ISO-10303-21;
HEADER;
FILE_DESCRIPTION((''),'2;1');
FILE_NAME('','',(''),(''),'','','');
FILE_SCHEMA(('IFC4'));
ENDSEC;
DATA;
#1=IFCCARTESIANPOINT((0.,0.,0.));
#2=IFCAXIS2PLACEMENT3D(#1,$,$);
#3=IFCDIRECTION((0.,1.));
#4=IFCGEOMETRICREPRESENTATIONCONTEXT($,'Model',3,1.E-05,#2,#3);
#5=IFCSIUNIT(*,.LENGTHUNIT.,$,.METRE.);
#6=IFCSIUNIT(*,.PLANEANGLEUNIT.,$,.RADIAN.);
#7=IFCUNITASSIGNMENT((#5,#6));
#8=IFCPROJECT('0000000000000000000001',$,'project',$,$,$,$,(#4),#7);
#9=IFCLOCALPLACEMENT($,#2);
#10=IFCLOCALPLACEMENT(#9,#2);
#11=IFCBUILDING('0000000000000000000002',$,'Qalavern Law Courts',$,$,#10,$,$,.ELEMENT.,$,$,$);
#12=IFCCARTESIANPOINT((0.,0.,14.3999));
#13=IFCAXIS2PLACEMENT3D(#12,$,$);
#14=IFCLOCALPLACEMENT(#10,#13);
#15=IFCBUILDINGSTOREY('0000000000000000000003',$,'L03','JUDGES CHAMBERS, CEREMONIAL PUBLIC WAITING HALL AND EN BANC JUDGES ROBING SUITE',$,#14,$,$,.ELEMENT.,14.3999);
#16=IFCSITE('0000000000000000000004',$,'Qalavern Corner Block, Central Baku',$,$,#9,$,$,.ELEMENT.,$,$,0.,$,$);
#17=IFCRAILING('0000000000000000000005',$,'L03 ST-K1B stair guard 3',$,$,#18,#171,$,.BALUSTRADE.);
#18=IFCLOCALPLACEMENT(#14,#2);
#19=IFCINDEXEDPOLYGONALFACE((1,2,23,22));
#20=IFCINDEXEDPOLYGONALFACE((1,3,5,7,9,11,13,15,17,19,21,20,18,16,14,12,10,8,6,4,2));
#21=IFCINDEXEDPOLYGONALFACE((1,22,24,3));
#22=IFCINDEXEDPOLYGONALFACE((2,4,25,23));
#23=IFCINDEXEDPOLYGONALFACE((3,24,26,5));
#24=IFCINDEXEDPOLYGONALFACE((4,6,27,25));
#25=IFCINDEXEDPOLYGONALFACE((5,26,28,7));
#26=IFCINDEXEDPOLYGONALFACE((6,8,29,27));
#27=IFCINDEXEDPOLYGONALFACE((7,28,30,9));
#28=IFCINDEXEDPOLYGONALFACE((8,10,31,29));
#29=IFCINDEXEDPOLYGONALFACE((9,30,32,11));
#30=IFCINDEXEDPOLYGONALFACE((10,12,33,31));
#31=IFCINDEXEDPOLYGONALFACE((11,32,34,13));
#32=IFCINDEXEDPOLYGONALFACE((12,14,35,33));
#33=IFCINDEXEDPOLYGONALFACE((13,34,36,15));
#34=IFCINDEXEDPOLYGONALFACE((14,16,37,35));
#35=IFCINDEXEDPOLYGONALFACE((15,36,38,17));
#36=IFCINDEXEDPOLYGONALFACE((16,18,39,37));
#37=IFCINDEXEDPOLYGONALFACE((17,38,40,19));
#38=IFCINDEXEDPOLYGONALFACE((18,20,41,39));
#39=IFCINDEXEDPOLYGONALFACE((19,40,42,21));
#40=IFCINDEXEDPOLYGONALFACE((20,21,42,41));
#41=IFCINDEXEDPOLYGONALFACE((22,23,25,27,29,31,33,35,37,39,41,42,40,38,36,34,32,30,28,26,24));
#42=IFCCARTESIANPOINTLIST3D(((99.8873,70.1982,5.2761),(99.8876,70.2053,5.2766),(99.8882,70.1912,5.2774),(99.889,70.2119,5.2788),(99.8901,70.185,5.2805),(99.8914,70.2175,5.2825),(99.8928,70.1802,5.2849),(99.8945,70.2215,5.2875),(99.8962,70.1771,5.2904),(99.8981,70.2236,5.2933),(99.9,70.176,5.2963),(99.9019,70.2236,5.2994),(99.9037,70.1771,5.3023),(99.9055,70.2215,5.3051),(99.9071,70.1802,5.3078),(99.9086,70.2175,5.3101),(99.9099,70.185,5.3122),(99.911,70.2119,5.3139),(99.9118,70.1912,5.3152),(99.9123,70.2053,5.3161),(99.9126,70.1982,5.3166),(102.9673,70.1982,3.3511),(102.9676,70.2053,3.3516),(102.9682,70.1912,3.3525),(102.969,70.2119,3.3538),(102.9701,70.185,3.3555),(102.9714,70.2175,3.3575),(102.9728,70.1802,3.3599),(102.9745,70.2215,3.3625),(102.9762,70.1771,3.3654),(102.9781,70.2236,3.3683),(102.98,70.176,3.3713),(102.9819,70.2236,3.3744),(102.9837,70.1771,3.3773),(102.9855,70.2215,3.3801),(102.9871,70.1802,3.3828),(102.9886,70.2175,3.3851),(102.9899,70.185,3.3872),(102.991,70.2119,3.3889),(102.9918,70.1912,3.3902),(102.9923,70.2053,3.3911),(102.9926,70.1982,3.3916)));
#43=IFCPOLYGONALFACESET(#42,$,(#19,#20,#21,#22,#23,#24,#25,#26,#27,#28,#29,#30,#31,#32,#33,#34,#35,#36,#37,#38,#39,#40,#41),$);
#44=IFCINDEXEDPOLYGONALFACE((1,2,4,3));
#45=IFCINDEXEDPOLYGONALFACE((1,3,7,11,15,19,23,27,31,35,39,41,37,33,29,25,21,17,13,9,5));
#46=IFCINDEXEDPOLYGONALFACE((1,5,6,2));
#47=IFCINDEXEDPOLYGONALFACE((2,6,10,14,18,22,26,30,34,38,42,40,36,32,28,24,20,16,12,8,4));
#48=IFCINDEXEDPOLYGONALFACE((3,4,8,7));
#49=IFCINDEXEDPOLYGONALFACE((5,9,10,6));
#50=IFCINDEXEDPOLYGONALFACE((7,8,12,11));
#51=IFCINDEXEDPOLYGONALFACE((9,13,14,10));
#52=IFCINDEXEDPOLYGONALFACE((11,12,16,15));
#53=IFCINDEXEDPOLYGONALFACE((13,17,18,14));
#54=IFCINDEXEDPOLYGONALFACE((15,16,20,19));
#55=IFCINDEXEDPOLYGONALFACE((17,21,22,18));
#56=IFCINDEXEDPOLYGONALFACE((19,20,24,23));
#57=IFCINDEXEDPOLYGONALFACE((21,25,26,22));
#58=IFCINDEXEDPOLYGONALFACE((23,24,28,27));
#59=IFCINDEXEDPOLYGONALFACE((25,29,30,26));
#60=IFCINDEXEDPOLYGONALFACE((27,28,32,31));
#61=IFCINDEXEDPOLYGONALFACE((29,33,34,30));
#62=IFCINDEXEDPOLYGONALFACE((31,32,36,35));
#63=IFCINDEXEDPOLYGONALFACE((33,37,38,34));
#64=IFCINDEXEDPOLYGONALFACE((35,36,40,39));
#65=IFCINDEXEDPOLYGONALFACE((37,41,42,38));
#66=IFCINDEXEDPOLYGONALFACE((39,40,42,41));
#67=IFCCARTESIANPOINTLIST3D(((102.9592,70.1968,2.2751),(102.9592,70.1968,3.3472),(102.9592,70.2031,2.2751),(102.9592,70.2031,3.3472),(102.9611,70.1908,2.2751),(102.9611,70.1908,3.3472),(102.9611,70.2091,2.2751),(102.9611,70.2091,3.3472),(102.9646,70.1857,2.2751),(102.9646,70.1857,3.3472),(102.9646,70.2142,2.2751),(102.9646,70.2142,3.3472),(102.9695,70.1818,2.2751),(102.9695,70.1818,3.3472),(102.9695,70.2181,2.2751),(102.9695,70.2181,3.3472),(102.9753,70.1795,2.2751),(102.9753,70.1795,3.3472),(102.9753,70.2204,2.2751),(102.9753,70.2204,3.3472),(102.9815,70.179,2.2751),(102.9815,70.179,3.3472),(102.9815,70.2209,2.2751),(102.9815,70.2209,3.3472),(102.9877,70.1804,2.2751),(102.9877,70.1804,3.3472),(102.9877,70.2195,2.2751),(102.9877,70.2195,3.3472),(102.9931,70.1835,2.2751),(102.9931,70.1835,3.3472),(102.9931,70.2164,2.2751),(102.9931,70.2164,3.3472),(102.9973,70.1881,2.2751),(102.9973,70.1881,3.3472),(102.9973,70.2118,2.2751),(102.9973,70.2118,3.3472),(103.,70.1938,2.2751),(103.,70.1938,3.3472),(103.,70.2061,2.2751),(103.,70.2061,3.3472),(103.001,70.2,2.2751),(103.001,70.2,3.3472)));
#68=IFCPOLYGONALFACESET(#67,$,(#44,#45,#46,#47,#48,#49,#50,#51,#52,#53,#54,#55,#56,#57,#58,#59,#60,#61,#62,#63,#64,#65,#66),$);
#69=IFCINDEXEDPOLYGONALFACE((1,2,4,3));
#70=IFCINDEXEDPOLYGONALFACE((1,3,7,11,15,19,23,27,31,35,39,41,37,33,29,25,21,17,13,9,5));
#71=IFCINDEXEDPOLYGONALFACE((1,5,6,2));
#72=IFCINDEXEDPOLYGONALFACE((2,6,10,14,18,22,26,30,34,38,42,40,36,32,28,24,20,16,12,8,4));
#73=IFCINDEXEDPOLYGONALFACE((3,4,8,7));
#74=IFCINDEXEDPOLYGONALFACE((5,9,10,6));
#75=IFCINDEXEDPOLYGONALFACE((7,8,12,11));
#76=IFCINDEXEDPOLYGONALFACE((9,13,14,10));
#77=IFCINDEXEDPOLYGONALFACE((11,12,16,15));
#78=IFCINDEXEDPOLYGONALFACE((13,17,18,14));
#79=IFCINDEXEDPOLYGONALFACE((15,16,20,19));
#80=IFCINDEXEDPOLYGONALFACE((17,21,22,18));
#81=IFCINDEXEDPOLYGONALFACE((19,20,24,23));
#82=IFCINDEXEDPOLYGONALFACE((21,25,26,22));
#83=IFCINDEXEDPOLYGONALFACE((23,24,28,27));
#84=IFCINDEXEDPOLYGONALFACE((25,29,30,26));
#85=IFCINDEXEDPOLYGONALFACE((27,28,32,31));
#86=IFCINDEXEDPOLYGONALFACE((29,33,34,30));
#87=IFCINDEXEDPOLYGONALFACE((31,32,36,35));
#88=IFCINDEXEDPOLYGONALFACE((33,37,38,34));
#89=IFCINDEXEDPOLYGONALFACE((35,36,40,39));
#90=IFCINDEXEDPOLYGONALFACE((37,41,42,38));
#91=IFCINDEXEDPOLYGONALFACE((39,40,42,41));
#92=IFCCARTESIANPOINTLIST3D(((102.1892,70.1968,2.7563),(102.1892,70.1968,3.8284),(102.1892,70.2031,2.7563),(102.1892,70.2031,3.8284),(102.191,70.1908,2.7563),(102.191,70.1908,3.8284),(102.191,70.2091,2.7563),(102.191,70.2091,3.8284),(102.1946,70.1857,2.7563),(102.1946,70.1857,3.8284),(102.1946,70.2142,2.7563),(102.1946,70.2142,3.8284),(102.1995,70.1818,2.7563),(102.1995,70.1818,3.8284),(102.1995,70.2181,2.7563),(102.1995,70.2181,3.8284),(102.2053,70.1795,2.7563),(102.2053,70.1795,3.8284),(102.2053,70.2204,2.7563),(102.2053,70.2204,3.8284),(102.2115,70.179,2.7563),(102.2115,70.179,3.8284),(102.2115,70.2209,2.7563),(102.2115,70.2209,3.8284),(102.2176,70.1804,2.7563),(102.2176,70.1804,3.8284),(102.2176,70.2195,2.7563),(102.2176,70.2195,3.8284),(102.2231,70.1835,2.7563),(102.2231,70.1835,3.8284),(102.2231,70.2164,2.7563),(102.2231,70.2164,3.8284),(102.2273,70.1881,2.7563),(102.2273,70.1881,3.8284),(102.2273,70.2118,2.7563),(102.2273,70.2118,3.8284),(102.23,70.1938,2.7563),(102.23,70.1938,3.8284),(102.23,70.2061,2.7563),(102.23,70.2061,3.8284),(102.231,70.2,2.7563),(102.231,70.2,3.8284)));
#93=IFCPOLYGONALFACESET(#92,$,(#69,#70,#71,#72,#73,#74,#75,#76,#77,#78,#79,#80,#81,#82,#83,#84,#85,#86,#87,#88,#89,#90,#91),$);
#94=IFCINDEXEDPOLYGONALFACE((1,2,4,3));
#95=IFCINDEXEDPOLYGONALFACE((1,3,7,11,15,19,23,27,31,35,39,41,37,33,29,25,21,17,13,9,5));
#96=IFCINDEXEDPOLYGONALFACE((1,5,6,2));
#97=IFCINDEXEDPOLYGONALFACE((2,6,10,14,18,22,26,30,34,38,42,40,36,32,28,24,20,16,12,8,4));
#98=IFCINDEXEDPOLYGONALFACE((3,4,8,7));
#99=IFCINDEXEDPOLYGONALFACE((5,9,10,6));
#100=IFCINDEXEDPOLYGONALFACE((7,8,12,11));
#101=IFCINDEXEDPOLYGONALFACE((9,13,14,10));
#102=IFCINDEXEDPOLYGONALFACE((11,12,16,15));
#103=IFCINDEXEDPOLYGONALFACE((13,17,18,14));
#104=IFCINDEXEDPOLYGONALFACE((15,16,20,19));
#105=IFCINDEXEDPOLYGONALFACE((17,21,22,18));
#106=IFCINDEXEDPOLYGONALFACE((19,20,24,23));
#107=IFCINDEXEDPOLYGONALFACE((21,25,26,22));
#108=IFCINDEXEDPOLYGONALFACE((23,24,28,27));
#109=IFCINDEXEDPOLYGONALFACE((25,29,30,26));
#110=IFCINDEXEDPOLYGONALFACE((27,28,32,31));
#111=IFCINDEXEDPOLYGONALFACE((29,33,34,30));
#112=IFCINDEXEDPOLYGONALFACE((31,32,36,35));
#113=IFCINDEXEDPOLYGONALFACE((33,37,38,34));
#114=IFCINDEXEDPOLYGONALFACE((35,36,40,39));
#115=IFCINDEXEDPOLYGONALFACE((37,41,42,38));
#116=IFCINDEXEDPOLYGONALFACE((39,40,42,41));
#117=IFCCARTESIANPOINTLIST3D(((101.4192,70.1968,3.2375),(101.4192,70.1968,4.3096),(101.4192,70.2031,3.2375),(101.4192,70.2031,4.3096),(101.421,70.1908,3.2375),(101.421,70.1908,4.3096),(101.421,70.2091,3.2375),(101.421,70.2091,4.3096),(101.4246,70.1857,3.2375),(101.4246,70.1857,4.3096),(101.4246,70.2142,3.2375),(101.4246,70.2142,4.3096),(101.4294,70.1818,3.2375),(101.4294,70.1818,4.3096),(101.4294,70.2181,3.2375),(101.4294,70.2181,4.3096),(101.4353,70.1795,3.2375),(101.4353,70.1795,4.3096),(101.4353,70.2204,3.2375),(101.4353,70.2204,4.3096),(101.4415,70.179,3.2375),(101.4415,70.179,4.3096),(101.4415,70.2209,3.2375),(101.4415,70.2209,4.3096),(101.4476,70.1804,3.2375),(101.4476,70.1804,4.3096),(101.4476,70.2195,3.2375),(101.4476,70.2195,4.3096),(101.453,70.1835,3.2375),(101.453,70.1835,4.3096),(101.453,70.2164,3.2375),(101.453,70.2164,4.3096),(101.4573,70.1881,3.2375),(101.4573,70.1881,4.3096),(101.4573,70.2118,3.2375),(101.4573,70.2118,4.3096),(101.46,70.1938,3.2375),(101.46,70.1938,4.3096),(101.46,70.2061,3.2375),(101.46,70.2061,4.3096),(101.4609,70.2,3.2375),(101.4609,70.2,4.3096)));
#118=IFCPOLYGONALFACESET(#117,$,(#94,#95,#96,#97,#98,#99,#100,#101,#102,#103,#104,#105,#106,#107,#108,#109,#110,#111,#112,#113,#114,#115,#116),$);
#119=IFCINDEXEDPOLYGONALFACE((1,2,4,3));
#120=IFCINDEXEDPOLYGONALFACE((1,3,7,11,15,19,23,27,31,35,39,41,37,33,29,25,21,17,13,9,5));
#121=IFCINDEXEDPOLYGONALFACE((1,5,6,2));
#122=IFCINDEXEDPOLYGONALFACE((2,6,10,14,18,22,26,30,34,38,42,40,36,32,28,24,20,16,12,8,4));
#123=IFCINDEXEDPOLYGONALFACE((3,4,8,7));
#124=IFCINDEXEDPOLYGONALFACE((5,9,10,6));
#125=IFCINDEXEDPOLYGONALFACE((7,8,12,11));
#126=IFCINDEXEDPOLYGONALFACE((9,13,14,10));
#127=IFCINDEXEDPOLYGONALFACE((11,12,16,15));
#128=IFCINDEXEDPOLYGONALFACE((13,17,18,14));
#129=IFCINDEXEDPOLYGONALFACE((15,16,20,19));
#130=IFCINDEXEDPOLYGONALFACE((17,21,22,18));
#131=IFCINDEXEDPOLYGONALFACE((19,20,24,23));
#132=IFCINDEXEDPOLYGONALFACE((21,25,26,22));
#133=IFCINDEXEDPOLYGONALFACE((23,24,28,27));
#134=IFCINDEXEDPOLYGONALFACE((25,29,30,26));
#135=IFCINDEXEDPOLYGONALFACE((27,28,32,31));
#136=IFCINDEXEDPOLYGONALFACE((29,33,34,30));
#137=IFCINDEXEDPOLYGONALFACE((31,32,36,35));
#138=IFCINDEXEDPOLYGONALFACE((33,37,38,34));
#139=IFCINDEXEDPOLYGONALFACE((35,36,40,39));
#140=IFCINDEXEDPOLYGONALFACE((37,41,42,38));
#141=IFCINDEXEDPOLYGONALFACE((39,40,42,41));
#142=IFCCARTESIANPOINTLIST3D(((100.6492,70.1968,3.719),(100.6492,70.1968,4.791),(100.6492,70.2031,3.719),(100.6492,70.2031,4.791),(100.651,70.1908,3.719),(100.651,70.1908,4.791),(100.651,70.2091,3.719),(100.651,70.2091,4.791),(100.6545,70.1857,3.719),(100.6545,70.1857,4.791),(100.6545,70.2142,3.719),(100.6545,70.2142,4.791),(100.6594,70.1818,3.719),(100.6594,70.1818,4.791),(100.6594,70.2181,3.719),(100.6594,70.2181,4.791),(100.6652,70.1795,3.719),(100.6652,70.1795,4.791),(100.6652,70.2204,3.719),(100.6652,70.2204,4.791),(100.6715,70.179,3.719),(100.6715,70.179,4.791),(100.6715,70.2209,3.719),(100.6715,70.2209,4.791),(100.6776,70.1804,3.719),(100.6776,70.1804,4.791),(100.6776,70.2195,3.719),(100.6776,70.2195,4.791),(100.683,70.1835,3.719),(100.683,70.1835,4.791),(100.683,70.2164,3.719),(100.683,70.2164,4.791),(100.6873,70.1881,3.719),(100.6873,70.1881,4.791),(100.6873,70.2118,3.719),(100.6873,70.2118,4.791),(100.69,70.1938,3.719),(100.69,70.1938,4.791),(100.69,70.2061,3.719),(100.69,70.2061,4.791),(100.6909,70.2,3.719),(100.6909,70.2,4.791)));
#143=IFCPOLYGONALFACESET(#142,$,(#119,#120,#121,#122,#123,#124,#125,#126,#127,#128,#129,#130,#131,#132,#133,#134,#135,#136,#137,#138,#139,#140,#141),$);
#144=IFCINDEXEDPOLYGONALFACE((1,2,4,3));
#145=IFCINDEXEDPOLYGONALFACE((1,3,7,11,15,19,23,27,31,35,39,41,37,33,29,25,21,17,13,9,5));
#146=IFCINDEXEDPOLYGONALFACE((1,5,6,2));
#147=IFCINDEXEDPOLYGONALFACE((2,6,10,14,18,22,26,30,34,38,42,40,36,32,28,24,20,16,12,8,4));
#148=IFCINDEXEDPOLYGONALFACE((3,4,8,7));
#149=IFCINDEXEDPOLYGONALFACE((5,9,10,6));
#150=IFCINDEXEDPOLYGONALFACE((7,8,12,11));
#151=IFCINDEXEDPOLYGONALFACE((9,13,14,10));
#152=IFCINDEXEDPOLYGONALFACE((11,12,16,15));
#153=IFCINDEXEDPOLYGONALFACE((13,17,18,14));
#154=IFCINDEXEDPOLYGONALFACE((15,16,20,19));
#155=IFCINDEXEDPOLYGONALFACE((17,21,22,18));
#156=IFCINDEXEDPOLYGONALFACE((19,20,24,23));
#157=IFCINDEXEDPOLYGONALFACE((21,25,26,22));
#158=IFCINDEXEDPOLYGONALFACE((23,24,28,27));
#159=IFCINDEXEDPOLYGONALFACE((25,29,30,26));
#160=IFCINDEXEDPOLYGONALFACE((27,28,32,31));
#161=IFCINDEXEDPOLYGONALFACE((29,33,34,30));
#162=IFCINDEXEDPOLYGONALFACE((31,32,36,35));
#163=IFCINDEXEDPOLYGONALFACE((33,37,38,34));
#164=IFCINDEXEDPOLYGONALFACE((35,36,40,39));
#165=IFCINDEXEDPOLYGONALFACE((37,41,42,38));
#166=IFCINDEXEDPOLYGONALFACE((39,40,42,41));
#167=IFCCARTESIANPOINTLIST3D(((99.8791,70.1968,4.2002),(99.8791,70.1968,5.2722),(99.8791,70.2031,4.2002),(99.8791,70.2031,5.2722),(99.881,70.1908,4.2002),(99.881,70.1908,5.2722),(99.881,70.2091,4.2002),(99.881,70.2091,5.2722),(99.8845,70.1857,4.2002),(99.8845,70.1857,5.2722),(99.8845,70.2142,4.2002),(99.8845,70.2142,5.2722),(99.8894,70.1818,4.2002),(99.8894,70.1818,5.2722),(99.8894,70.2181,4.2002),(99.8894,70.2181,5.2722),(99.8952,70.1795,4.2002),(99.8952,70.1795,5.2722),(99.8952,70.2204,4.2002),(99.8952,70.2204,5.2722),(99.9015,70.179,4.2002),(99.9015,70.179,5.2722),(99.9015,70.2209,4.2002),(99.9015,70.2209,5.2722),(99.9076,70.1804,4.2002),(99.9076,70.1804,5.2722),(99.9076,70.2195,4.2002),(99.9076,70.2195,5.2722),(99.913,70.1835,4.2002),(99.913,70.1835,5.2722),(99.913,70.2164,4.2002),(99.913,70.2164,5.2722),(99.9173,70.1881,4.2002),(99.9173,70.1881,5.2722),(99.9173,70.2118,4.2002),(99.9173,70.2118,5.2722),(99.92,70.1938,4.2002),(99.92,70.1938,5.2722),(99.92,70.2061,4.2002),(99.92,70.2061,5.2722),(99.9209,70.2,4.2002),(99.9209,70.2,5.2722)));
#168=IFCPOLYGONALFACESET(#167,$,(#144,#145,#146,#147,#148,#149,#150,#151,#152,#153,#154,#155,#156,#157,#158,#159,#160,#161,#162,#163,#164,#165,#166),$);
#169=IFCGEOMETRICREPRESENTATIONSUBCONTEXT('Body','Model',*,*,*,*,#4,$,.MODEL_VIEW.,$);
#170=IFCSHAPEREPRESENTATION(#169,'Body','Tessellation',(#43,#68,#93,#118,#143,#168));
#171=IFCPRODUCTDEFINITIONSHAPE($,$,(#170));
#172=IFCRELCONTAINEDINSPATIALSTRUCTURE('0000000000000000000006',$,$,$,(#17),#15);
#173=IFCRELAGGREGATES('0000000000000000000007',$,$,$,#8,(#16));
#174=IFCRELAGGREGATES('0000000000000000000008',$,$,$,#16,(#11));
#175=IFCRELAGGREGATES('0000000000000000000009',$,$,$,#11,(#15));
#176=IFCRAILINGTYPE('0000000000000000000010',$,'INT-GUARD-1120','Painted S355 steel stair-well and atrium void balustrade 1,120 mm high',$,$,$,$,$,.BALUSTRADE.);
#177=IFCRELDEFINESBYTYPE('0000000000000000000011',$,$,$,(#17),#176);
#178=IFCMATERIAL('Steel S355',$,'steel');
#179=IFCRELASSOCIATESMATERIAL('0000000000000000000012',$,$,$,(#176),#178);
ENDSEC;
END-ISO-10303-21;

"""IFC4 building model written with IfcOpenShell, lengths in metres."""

from ifc_helpers import new_model, si_unit, direction, frame, origin, origin_2d, place, context, subcontext, project, spatial, circle, extrude, material, type_object, element, save


model = new_model("IFC4")

# Units and contexts
model_context = context("Model", 3, precision=1e-05, world=origin(), true_north=direction((0.0, 1.0)))
body_context = subcontext(model_context, "Body", "Model", "MODEL_VIEW")
ifc_project = project(units=[si_unit("LENGTHUNIT", "METRE"), si_unit("PLANEANGLEUNIT", "RADIAN")], contexts=[model_context])

# Site, building, storey
site_placement = place(None, origin())
site = spatial("IfcSite", under=ifc_project, at=site_placement, Name="Qalavern Corner Block, Central Baku", CompositionType="ELEMENT", RefElevation=0.0)
building_placement = place(site_placement, origin())
building = spatial("IfcBuilding", under=site, at=building_placement, Name="Qalavern Law Courts", CompositionType="ELEMENT")
storey_placement = place(building_placement, frame((0.0, 0.0, 14.3999)))
storey = spatial("IfcBuildingStorey", under=building, at=storey_placement, Name="L03", Description="JUDGES CHAMBERS, CEREMONIAL PUBLIC WAITING HALL AND EN BANC JUDGES ROBING SUITE", CompositionType="ELEMENT", Elevation=14.3999)

# Shared definitions
ifc_material_1 = material(Name="Steel S355", Category="steel")

# Railing
railing_type_1 = type_object("IfcRailingType", Name="INT-GUARD-1120", Description="Painted S355 steel stair-well and atrium void balustrade 1,120 mm high", PredefinedType="BALUSTRADE", material=ifc_material_1)
railing_1_placement = place(storey_placement, frame((102.98, 70.2, 2.2751)))
element("IfcRailing", 1, at=railing_1_placement, inside=storey, type_object=railing_type_1, Name="L03 ST-K1B stair guard 3", PredefinedType="BALUSTRADE", context=body_context, shape_type="SweptSolid", body=[
    extrude(circle(Radius=0.0239, at=origin_2d()), frame((0.0, 0.0, 1.0962), z_axis=(-0.847998, 0.0, 0.529999), x_axis=(0.0, -1.0, 0.0)), (0.0, 0.0, 1.0), 3.6321),
    extrude(circle(Radius=0.021, at=origin_2d()), origin(), (0.0, 0.0, 1.0), 1.072),
    extrude(circle(Radius=0.021, at=origin_2d()), frame((-0.77, 0.0, 0.4812)), (0.0, 0.0, 1.0), 1.072),
    extrude(circle(Radius=0.021, at=origin_2d()), frame((-1.54, 0.0, 0.9624)), (0.0, 0.0, 1.0), 1.072),
    extrude(circle(Radius=0.021, at=origin_2d()), frame((-2.3101, 0.0, 1.4438)), (0.0, 0.0, 1.0), 1.072),
    extrude(circle(Radius=0.021, at=origin_2d()), frame((-3.0801, 0.0, 1.925)), (0.0, 0.0, 1.0), 1.072),
])

save(model, "model.ifc")
